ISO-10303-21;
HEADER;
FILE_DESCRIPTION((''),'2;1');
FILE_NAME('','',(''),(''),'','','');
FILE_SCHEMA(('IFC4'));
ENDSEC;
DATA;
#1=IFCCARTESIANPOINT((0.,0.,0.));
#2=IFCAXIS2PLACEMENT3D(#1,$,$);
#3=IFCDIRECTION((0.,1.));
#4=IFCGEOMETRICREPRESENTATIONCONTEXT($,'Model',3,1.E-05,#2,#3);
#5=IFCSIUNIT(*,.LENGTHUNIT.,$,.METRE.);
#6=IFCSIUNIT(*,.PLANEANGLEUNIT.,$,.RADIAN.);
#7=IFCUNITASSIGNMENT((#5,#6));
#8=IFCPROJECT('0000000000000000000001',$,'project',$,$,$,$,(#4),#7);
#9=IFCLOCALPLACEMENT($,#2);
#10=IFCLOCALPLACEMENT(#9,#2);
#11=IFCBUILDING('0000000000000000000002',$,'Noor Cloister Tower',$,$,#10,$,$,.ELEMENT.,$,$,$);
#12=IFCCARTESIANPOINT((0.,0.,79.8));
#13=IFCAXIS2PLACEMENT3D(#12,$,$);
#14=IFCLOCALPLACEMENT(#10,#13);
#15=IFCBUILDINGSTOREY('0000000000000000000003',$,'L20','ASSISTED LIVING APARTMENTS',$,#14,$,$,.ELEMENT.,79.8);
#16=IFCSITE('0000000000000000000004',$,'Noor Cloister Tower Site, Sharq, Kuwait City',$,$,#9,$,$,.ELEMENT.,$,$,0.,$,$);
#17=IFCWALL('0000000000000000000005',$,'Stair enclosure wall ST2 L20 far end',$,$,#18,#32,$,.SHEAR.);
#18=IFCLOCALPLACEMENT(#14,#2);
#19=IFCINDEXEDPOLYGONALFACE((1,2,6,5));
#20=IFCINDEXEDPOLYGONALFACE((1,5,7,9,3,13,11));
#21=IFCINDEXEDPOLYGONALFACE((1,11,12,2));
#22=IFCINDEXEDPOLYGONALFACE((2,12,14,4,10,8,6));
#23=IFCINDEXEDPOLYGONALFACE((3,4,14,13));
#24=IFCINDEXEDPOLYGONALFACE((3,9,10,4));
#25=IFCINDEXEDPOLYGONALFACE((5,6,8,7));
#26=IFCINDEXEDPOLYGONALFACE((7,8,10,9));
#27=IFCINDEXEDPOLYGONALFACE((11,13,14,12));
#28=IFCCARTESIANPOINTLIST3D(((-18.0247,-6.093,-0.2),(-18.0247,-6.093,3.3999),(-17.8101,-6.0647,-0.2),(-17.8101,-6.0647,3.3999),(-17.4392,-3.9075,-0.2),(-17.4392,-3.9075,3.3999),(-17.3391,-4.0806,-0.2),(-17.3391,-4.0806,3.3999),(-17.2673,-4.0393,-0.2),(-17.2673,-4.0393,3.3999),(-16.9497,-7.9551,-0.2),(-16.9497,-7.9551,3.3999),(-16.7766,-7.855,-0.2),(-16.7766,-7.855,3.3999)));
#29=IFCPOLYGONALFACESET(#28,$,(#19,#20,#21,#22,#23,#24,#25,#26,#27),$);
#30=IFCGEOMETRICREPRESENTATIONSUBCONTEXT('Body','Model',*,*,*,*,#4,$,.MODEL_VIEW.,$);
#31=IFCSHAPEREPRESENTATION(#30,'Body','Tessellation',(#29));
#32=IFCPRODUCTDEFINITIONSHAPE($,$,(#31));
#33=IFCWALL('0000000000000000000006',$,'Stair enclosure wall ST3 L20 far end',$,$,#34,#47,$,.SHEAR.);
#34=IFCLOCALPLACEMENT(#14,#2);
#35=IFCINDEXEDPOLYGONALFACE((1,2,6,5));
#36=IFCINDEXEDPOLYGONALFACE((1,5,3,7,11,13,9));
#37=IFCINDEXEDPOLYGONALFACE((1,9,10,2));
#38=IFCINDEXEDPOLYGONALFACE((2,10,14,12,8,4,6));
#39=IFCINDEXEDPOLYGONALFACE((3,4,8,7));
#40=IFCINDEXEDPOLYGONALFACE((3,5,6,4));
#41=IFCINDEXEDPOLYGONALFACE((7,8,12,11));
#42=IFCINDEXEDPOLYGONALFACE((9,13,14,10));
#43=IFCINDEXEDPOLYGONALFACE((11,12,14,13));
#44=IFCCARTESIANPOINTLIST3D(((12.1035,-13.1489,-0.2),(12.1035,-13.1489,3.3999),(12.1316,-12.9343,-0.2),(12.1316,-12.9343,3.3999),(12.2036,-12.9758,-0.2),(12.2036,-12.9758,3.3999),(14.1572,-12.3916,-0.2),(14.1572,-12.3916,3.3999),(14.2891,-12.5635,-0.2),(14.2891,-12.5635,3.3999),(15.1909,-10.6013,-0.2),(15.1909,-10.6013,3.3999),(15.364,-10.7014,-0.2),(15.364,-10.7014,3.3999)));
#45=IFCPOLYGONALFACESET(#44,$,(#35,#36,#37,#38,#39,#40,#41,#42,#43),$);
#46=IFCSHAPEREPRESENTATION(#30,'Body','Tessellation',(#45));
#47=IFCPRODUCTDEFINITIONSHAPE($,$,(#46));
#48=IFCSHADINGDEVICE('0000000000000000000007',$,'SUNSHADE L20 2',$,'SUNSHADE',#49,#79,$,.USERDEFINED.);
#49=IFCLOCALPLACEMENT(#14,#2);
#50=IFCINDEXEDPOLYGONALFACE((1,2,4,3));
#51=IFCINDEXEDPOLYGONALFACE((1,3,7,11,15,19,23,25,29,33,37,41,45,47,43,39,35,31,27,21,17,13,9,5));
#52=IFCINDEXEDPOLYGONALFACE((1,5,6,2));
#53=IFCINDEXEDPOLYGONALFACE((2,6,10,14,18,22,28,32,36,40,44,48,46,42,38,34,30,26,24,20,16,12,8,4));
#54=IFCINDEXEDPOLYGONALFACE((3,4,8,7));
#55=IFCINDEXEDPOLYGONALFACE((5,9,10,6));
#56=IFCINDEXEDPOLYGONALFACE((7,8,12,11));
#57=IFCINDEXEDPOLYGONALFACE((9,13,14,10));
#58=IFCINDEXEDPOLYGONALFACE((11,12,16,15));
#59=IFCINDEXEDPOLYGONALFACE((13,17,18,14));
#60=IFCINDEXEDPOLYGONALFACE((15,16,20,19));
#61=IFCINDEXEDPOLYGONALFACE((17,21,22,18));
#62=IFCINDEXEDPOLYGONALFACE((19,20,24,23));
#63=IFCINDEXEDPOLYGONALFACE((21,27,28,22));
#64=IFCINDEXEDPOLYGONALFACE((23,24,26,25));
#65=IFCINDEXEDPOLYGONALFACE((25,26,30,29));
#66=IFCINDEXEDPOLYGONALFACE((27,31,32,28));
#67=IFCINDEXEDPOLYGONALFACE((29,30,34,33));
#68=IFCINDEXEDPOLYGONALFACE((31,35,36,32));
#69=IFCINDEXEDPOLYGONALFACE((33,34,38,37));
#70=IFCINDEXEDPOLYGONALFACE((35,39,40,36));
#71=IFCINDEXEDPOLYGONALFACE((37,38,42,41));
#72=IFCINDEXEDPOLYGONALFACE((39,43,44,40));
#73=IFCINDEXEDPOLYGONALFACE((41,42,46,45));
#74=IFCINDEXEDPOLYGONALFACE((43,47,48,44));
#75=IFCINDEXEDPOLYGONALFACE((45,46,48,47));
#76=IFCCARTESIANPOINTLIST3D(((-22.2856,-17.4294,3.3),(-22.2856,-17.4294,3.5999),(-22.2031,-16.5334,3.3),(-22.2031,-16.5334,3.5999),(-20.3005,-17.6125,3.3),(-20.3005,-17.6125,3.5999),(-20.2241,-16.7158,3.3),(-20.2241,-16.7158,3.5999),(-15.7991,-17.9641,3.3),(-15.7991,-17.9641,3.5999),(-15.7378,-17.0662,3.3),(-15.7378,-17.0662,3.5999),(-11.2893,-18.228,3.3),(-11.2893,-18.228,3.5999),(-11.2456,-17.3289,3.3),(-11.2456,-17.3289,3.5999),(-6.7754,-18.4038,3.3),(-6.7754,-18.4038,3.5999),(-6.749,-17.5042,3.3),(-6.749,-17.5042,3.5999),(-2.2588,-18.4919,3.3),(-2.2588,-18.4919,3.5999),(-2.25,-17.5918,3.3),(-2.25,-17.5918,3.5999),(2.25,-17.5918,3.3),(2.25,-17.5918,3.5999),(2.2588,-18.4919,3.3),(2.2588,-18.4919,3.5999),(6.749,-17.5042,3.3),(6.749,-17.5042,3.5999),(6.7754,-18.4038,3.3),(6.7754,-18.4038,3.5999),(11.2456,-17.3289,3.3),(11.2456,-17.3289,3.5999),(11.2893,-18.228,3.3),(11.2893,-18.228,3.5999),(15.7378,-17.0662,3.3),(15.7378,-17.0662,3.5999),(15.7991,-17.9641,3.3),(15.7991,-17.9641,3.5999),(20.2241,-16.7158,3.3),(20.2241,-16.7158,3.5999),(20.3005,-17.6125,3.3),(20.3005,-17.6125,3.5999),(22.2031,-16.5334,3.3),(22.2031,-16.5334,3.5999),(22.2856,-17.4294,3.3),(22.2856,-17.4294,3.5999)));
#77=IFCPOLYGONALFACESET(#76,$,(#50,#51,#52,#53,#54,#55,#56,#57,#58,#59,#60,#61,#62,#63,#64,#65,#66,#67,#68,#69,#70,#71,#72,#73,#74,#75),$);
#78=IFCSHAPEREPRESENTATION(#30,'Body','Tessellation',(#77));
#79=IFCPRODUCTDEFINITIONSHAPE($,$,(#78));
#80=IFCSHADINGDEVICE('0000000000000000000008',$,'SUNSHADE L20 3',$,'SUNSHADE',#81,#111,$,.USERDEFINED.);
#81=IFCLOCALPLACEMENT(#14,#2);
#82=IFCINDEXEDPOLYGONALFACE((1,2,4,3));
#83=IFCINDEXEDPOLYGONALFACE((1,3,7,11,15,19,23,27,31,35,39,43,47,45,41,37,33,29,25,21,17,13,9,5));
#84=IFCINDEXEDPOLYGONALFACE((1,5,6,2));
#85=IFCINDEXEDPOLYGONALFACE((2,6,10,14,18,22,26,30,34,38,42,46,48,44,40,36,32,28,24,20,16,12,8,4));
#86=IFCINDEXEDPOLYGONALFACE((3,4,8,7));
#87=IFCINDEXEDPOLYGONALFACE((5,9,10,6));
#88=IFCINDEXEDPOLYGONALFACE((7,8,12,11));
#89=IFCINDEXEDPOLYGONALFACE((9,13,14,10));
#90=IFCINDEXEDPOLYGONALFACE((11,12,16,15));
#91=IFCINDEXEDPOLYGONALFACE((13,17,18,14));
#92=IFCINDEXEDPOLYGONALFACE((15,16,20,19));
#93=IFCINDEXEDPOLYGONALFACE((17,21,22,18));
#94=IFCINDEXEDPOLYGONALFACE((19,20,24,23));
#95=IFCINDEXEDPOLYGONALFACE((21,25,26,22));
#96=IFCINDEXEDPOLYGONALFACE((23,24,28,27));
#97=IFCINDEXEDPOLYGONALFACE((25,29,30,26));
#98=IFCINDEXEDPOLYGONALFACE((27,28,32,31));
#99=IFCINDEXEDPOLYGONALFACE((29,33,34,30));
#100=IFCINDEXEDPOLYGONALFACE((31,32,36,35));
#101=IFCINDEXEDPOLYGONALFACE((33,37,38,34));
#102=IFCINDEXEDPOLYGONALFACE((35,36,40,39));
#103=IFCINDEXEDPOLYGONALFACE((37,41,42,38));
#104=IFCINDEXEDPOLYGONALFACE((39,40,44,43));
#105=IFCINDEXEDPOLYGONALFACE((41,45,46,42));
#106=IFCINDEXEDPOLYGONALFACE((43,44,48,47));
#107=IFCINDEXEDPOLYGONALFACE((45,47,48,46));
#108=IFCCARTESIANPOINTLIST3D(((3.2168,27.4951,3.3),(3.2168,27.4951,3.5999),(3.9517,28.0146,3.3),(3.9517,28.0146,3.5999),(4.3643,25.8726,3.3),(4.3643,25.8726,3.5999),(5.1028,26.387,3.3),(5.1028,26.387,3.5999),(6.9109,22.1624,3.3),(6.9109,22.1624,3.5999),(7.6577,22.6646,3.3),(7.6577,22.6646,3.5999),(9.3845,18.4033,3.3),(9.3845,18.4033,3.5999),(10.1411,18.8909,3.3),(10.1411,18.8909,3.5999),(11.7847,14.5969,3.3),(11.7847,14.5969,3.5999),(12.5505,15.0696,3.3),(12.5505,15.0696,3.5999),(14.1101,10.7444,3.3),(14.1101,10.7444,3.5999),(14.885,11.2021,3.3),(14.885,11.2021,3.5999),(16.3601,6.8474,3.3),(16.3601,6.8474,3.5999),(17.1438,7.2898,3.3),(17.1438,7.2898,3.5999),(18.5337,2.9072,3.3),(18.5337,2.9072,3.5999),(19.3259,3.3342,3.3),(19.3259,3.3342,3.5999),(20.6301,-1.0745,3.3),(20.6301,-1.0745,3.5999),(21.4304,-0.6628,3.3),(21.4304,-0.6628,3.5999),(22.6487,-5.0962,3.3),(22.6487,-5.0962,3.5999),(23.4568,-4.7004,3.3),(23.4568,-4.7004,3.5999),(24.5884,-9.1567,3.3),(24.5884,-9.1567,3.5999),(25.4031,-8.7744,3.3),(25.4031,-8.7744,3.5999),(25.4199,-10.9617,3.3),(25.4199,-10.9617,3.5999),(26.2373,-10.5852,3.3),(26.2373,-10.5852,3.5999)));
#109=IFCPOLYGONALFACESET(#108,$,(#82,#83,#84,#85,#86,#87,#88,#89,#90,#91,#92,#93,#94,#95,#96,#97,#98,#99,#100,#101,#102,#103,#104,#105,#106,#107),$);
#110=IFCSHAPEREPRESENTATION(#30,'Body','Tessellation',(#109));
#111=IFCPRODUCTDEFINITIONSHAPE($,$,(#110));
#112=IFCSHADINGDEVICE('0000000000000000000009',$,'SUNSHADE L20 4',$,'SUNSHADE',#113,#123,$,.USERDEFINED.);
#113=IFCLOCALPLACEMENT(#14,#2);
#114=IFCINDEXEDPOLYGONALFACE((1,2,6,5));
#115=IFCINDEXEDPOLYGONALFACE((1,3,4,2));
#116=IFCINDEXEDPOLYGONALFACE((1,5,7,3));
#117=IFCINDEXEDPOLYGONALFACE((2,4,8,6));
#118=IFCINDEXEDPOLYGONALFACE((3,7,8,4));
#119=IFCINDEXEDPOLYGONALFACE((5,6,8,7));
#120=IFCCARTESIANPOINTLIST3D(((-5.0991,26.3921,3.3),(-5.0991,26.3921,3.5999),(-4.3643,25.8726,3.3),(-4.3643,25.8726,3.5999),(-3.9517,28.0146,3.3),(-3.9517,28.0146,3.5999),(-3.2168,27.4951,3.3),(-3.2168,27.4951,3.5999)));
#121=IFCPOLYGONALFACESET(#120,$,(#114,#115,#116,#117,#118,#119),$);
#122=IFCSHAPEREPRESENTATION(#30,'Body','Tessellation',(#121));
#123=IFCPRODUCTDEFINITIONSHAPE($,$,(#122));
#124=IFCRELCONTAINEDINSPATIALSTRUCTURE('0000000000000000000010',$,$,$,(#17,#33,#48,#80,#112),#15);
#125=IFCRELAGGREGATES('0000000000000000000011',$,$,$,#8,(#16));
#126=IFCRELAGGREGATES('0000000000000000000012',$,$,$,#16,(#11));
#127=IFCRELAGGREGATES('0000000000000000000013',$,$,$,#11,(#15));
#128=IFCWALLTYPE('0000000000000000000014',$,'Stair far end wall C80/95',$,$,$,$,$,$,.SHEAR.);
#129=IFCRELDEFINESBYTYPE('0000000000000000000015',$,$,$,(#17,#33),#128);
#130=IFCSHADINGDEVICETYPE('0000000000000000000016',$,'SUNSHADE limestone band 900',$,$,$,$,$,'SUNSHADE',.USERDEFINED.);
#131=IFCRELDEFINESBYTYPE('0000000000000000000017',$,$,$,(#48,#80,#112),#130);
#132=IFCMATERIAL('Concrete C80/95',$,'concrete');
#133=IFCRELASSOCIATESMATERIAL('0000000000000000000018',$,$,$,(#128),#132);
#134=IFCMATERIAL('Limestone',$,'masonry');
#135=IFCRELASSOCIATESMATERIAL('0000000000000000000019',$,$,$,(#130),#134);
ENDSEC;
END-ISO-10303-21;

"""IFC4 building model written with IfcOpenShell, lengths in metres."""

from ifc_helpers import new_model, si_unit, direction, frame, origin, place, context, subcontext, project, spatial, polyline, outline, extrude, material, type_object, element, save


model = new_model("IFC4")

# Units and contexts
model_context = context("Model", 3, precision=1e-05, world=origin(), true_north=direction((0.0, 1.0)))
body_context = subcontext(model_context, "Body", "Model", "MODEL_VIEW")
ifc_project = project(units=[si_unit("LENGTHUNIT", "METRE"), si_unit("PLANEANGLEUNIT", "RADIAN")], contexts=[model_context])

# Site, building, storey
site_placement = place(None, origin())
site = spatial("IfcSite", under=ifc_project, at=site_placement, Name="Noor Cloister Tower Site, Sharq, Kuwait City", CompositionType="ELEMENT", RefElevation=0.0)
building_placement = place(site_placement, origin())
building = spatial("IfcBuilding", under=site, at=building_placement, Name="Noor Cloister Tower", CompositionType="ELEMENT")
storey_placement = place(building_placement, frame((0.0, 0.0, 79.8)))
storey = spatial("IfcBuildingStorey", under=building, at=storey_placement, Name="L20", Description="ASSISTED LIVING APARTMENTS", CompositionType="ELEMENT", Elevation=79.8)

# Walls
ifc_material_1 = material(Name="Concrete C80/95", Category="concrete")
wall_type_1 = type_object("IfcWallType", Name="Stair far end wall C80/95", PredefinedType="SHEAR", material=ifc_material_1)
wall_1_placement = place(storey_placement, frame((0.0, 0.0, -0.2)))
element("IfcWall", 1, at=wall_1_placement, inside=storey, type_object=wall_type_1, Name="Stair enclosure wall ST2 L20 far end", PredefinedType="SHEAR", context=body_context, shape_type="SweptSolid", body=[
    extrude(outline(polyline([(-17.4392, -3.9075), (-18.0247, -6.093), (-16.9497, -7.9551), (-16.7766, -7.855), (-17.8101, -6.0647), (-17.2673, -4.0393), (-17.3391, -4.0806), (-17.3391, -4.0806), (-17.3391, -4.0806), (-17.3391, -4.0806), (-17.3391, -4.0806), (-17.3391, -4.0806), (-17.3391, -4.0806), (-17.3391, -4.0806), (-17.3391, -4.0806), (-17.3391, -4.0806), (-17.3391, -4.0806), (-17.3391, -4.0806), (-17.3391, -4.0806), (-17.3391, -4.0806), (-17.3391, -4.0806), (-17.3391, -4.0806), (-17.3391, -4.0806), (-17.4392, -3.9075)])), origin(), (0.0, 0.0, 1.0), 3.5999),
])
wall_2_placement = place(storey_placement, frame((0.0, 0.0, -0.2)))
element("IfcWall", 2, at=wall_2_placement, inside=storey, type_object=wall_type_1, Name="Stair enclosure wall ST3 L20 far end", PredefinedType="SHEAR", context=body_context, shape_type="SweptSolid", body=[
    extrude(outline(polyline([(12.1035, -13.1489), (14.2891, -12.5635), (15.364, -10.7014), (15.1909, -10.6013), (14.1572, -12.3916), (12.1316, -12.9343), (12.2036, -12.9758), (12.2036, -12.9758), (12.2036, -12.9758), (12.2036, -12.9758), (12.2036, -12.9758), (12.2036, -12.9758), (12.2036, -12.9758), (12.2036, -12.9758), (12.2036, -12.9758), (12.2036, -12.9758), (12.2036, -12.9758), (12.2036, -12.9758), (12.2036, -12.9758), (12.2036, -12.9758), (12.2036, -12.9758), (12.2036, -12.9758), (12.2036, -12.9758), (12.1035, -13.1489)])), origin(), (0.0, 0.0, 1.0), 3.5999),
])

# Shading devices
ifc_material_2 = material(Name="Limestone", Category="masonry")
shading_device_type = type_object("IfcShadingDeviceType", Name="SUNSHADE limestone band 900", ElementType="SUNSHADE", PredefinedType="USERDEFINED", material=ifc_material_2)
shading_device_1_placement = place(storey_placement, frame((0.0, 0.0, 3.3)))
element("IfcShadingDevice", 3, at=shading_device_1_placement, inside=storey, type_object=shading_device_type, Name="SUNSHADE L20 2", ObjectType="SUNSHADE", PredefinedType="USERDEFINED", context=body_context, shape_type="SweptSolid", body=[
    extrude(outline(polyline([(-22.2856, -17.4294), (-20.3005, -17.6125), (-15.7991, -17.9641), (-11.2893, -18.228), (-6.7754, -18.4038), (-2.2588, -18.4919), (2.2588, -18.4919), (6.7754, -18.4038), (11.2893, -18.228), (15.7991, -17.9641), (20.3005, -17.6125), (22.2856, -17.4294), (22.2031, -16.5334), (20.2241, -16.7158), (15.7378, -17.0662), (11.2456, -17.3289), (6.749, -17.5042), (2.25, -17.5918), (-2.25, -17.5918), (-6.749, -17.5042), (-11.2456, -17.3289), (-15.7378, -17.0662), (-20.2241, -16.7158), (-22.2031, -16.5334), (-22.2856, -17.4294)])), origin(), (0.0, 0.0, 1.0), 0.2998),
])
shading_device_2_placement = place(storey_placement, frame((0.0, 0.0, 3.3)))
element("IfcShadingDevice", 4, at=shading_device_2_placement, inside=storey, type_object=shading_device_type, Name="SUNSHADE L20 3", ObjectType="SUNSHADE", PredefinedType="USERDEFINED", context=body_context, shape_type="SweptSolid", body=[
    extrude(outline(polyline([(26.2373, -10.5852), (25.4031, -8.7744), (23.4568, -4.7004), (21.4304, -0.6628), (19.3259, 3.3342), (17.1438, 7.2898), (14.885, 11.2021), (12.5505, 15.0696), (10.1411, 18.8909), (7.6577, 22.6646), (5.1028, 26.387), (3.9517, 28.0146), (3.2168, 27.4951), (4.3643, 25.8726), (6.9109, 22.1624), (9.3845, 18.4033), (11.7847, 14.5969), (14.1101, 10.7444), (16.3601, 6.8474), (18.5337, 2.9072), (20.6301, -1.0745), (22.6487, -5.0962), (24.5884, -9.1567), (25.4199, -10.9617), (26.2373, -10.5852)])), origin(), (0.0, 0.0, 1.0), 0.2998),
])
shading_device_3_placement = place(storey_placement, frame((0.0, 0.0, 3.3)))
element("IfcShadingDevice", 5, at=shading_device_3_placement, inside=storey, type_object=shading_device_type, Name="SUNSHADE L20 4", ObjectType="SUNSHADE", PredefinedType="USERDEFINED", context=body_context, shape_type="SweptSolid", body=[
    extrude(outline(polyline([(-3.9517, 28.0146), (-5.0991, 26.3921), (-4.3643, 25.8726), (-3.2168, 27.4951), (-3.9517, 28.0146)])), origin(), (0.0, 0.0, 1.0), 0.2998),
])

save(model, "model.ifc")
